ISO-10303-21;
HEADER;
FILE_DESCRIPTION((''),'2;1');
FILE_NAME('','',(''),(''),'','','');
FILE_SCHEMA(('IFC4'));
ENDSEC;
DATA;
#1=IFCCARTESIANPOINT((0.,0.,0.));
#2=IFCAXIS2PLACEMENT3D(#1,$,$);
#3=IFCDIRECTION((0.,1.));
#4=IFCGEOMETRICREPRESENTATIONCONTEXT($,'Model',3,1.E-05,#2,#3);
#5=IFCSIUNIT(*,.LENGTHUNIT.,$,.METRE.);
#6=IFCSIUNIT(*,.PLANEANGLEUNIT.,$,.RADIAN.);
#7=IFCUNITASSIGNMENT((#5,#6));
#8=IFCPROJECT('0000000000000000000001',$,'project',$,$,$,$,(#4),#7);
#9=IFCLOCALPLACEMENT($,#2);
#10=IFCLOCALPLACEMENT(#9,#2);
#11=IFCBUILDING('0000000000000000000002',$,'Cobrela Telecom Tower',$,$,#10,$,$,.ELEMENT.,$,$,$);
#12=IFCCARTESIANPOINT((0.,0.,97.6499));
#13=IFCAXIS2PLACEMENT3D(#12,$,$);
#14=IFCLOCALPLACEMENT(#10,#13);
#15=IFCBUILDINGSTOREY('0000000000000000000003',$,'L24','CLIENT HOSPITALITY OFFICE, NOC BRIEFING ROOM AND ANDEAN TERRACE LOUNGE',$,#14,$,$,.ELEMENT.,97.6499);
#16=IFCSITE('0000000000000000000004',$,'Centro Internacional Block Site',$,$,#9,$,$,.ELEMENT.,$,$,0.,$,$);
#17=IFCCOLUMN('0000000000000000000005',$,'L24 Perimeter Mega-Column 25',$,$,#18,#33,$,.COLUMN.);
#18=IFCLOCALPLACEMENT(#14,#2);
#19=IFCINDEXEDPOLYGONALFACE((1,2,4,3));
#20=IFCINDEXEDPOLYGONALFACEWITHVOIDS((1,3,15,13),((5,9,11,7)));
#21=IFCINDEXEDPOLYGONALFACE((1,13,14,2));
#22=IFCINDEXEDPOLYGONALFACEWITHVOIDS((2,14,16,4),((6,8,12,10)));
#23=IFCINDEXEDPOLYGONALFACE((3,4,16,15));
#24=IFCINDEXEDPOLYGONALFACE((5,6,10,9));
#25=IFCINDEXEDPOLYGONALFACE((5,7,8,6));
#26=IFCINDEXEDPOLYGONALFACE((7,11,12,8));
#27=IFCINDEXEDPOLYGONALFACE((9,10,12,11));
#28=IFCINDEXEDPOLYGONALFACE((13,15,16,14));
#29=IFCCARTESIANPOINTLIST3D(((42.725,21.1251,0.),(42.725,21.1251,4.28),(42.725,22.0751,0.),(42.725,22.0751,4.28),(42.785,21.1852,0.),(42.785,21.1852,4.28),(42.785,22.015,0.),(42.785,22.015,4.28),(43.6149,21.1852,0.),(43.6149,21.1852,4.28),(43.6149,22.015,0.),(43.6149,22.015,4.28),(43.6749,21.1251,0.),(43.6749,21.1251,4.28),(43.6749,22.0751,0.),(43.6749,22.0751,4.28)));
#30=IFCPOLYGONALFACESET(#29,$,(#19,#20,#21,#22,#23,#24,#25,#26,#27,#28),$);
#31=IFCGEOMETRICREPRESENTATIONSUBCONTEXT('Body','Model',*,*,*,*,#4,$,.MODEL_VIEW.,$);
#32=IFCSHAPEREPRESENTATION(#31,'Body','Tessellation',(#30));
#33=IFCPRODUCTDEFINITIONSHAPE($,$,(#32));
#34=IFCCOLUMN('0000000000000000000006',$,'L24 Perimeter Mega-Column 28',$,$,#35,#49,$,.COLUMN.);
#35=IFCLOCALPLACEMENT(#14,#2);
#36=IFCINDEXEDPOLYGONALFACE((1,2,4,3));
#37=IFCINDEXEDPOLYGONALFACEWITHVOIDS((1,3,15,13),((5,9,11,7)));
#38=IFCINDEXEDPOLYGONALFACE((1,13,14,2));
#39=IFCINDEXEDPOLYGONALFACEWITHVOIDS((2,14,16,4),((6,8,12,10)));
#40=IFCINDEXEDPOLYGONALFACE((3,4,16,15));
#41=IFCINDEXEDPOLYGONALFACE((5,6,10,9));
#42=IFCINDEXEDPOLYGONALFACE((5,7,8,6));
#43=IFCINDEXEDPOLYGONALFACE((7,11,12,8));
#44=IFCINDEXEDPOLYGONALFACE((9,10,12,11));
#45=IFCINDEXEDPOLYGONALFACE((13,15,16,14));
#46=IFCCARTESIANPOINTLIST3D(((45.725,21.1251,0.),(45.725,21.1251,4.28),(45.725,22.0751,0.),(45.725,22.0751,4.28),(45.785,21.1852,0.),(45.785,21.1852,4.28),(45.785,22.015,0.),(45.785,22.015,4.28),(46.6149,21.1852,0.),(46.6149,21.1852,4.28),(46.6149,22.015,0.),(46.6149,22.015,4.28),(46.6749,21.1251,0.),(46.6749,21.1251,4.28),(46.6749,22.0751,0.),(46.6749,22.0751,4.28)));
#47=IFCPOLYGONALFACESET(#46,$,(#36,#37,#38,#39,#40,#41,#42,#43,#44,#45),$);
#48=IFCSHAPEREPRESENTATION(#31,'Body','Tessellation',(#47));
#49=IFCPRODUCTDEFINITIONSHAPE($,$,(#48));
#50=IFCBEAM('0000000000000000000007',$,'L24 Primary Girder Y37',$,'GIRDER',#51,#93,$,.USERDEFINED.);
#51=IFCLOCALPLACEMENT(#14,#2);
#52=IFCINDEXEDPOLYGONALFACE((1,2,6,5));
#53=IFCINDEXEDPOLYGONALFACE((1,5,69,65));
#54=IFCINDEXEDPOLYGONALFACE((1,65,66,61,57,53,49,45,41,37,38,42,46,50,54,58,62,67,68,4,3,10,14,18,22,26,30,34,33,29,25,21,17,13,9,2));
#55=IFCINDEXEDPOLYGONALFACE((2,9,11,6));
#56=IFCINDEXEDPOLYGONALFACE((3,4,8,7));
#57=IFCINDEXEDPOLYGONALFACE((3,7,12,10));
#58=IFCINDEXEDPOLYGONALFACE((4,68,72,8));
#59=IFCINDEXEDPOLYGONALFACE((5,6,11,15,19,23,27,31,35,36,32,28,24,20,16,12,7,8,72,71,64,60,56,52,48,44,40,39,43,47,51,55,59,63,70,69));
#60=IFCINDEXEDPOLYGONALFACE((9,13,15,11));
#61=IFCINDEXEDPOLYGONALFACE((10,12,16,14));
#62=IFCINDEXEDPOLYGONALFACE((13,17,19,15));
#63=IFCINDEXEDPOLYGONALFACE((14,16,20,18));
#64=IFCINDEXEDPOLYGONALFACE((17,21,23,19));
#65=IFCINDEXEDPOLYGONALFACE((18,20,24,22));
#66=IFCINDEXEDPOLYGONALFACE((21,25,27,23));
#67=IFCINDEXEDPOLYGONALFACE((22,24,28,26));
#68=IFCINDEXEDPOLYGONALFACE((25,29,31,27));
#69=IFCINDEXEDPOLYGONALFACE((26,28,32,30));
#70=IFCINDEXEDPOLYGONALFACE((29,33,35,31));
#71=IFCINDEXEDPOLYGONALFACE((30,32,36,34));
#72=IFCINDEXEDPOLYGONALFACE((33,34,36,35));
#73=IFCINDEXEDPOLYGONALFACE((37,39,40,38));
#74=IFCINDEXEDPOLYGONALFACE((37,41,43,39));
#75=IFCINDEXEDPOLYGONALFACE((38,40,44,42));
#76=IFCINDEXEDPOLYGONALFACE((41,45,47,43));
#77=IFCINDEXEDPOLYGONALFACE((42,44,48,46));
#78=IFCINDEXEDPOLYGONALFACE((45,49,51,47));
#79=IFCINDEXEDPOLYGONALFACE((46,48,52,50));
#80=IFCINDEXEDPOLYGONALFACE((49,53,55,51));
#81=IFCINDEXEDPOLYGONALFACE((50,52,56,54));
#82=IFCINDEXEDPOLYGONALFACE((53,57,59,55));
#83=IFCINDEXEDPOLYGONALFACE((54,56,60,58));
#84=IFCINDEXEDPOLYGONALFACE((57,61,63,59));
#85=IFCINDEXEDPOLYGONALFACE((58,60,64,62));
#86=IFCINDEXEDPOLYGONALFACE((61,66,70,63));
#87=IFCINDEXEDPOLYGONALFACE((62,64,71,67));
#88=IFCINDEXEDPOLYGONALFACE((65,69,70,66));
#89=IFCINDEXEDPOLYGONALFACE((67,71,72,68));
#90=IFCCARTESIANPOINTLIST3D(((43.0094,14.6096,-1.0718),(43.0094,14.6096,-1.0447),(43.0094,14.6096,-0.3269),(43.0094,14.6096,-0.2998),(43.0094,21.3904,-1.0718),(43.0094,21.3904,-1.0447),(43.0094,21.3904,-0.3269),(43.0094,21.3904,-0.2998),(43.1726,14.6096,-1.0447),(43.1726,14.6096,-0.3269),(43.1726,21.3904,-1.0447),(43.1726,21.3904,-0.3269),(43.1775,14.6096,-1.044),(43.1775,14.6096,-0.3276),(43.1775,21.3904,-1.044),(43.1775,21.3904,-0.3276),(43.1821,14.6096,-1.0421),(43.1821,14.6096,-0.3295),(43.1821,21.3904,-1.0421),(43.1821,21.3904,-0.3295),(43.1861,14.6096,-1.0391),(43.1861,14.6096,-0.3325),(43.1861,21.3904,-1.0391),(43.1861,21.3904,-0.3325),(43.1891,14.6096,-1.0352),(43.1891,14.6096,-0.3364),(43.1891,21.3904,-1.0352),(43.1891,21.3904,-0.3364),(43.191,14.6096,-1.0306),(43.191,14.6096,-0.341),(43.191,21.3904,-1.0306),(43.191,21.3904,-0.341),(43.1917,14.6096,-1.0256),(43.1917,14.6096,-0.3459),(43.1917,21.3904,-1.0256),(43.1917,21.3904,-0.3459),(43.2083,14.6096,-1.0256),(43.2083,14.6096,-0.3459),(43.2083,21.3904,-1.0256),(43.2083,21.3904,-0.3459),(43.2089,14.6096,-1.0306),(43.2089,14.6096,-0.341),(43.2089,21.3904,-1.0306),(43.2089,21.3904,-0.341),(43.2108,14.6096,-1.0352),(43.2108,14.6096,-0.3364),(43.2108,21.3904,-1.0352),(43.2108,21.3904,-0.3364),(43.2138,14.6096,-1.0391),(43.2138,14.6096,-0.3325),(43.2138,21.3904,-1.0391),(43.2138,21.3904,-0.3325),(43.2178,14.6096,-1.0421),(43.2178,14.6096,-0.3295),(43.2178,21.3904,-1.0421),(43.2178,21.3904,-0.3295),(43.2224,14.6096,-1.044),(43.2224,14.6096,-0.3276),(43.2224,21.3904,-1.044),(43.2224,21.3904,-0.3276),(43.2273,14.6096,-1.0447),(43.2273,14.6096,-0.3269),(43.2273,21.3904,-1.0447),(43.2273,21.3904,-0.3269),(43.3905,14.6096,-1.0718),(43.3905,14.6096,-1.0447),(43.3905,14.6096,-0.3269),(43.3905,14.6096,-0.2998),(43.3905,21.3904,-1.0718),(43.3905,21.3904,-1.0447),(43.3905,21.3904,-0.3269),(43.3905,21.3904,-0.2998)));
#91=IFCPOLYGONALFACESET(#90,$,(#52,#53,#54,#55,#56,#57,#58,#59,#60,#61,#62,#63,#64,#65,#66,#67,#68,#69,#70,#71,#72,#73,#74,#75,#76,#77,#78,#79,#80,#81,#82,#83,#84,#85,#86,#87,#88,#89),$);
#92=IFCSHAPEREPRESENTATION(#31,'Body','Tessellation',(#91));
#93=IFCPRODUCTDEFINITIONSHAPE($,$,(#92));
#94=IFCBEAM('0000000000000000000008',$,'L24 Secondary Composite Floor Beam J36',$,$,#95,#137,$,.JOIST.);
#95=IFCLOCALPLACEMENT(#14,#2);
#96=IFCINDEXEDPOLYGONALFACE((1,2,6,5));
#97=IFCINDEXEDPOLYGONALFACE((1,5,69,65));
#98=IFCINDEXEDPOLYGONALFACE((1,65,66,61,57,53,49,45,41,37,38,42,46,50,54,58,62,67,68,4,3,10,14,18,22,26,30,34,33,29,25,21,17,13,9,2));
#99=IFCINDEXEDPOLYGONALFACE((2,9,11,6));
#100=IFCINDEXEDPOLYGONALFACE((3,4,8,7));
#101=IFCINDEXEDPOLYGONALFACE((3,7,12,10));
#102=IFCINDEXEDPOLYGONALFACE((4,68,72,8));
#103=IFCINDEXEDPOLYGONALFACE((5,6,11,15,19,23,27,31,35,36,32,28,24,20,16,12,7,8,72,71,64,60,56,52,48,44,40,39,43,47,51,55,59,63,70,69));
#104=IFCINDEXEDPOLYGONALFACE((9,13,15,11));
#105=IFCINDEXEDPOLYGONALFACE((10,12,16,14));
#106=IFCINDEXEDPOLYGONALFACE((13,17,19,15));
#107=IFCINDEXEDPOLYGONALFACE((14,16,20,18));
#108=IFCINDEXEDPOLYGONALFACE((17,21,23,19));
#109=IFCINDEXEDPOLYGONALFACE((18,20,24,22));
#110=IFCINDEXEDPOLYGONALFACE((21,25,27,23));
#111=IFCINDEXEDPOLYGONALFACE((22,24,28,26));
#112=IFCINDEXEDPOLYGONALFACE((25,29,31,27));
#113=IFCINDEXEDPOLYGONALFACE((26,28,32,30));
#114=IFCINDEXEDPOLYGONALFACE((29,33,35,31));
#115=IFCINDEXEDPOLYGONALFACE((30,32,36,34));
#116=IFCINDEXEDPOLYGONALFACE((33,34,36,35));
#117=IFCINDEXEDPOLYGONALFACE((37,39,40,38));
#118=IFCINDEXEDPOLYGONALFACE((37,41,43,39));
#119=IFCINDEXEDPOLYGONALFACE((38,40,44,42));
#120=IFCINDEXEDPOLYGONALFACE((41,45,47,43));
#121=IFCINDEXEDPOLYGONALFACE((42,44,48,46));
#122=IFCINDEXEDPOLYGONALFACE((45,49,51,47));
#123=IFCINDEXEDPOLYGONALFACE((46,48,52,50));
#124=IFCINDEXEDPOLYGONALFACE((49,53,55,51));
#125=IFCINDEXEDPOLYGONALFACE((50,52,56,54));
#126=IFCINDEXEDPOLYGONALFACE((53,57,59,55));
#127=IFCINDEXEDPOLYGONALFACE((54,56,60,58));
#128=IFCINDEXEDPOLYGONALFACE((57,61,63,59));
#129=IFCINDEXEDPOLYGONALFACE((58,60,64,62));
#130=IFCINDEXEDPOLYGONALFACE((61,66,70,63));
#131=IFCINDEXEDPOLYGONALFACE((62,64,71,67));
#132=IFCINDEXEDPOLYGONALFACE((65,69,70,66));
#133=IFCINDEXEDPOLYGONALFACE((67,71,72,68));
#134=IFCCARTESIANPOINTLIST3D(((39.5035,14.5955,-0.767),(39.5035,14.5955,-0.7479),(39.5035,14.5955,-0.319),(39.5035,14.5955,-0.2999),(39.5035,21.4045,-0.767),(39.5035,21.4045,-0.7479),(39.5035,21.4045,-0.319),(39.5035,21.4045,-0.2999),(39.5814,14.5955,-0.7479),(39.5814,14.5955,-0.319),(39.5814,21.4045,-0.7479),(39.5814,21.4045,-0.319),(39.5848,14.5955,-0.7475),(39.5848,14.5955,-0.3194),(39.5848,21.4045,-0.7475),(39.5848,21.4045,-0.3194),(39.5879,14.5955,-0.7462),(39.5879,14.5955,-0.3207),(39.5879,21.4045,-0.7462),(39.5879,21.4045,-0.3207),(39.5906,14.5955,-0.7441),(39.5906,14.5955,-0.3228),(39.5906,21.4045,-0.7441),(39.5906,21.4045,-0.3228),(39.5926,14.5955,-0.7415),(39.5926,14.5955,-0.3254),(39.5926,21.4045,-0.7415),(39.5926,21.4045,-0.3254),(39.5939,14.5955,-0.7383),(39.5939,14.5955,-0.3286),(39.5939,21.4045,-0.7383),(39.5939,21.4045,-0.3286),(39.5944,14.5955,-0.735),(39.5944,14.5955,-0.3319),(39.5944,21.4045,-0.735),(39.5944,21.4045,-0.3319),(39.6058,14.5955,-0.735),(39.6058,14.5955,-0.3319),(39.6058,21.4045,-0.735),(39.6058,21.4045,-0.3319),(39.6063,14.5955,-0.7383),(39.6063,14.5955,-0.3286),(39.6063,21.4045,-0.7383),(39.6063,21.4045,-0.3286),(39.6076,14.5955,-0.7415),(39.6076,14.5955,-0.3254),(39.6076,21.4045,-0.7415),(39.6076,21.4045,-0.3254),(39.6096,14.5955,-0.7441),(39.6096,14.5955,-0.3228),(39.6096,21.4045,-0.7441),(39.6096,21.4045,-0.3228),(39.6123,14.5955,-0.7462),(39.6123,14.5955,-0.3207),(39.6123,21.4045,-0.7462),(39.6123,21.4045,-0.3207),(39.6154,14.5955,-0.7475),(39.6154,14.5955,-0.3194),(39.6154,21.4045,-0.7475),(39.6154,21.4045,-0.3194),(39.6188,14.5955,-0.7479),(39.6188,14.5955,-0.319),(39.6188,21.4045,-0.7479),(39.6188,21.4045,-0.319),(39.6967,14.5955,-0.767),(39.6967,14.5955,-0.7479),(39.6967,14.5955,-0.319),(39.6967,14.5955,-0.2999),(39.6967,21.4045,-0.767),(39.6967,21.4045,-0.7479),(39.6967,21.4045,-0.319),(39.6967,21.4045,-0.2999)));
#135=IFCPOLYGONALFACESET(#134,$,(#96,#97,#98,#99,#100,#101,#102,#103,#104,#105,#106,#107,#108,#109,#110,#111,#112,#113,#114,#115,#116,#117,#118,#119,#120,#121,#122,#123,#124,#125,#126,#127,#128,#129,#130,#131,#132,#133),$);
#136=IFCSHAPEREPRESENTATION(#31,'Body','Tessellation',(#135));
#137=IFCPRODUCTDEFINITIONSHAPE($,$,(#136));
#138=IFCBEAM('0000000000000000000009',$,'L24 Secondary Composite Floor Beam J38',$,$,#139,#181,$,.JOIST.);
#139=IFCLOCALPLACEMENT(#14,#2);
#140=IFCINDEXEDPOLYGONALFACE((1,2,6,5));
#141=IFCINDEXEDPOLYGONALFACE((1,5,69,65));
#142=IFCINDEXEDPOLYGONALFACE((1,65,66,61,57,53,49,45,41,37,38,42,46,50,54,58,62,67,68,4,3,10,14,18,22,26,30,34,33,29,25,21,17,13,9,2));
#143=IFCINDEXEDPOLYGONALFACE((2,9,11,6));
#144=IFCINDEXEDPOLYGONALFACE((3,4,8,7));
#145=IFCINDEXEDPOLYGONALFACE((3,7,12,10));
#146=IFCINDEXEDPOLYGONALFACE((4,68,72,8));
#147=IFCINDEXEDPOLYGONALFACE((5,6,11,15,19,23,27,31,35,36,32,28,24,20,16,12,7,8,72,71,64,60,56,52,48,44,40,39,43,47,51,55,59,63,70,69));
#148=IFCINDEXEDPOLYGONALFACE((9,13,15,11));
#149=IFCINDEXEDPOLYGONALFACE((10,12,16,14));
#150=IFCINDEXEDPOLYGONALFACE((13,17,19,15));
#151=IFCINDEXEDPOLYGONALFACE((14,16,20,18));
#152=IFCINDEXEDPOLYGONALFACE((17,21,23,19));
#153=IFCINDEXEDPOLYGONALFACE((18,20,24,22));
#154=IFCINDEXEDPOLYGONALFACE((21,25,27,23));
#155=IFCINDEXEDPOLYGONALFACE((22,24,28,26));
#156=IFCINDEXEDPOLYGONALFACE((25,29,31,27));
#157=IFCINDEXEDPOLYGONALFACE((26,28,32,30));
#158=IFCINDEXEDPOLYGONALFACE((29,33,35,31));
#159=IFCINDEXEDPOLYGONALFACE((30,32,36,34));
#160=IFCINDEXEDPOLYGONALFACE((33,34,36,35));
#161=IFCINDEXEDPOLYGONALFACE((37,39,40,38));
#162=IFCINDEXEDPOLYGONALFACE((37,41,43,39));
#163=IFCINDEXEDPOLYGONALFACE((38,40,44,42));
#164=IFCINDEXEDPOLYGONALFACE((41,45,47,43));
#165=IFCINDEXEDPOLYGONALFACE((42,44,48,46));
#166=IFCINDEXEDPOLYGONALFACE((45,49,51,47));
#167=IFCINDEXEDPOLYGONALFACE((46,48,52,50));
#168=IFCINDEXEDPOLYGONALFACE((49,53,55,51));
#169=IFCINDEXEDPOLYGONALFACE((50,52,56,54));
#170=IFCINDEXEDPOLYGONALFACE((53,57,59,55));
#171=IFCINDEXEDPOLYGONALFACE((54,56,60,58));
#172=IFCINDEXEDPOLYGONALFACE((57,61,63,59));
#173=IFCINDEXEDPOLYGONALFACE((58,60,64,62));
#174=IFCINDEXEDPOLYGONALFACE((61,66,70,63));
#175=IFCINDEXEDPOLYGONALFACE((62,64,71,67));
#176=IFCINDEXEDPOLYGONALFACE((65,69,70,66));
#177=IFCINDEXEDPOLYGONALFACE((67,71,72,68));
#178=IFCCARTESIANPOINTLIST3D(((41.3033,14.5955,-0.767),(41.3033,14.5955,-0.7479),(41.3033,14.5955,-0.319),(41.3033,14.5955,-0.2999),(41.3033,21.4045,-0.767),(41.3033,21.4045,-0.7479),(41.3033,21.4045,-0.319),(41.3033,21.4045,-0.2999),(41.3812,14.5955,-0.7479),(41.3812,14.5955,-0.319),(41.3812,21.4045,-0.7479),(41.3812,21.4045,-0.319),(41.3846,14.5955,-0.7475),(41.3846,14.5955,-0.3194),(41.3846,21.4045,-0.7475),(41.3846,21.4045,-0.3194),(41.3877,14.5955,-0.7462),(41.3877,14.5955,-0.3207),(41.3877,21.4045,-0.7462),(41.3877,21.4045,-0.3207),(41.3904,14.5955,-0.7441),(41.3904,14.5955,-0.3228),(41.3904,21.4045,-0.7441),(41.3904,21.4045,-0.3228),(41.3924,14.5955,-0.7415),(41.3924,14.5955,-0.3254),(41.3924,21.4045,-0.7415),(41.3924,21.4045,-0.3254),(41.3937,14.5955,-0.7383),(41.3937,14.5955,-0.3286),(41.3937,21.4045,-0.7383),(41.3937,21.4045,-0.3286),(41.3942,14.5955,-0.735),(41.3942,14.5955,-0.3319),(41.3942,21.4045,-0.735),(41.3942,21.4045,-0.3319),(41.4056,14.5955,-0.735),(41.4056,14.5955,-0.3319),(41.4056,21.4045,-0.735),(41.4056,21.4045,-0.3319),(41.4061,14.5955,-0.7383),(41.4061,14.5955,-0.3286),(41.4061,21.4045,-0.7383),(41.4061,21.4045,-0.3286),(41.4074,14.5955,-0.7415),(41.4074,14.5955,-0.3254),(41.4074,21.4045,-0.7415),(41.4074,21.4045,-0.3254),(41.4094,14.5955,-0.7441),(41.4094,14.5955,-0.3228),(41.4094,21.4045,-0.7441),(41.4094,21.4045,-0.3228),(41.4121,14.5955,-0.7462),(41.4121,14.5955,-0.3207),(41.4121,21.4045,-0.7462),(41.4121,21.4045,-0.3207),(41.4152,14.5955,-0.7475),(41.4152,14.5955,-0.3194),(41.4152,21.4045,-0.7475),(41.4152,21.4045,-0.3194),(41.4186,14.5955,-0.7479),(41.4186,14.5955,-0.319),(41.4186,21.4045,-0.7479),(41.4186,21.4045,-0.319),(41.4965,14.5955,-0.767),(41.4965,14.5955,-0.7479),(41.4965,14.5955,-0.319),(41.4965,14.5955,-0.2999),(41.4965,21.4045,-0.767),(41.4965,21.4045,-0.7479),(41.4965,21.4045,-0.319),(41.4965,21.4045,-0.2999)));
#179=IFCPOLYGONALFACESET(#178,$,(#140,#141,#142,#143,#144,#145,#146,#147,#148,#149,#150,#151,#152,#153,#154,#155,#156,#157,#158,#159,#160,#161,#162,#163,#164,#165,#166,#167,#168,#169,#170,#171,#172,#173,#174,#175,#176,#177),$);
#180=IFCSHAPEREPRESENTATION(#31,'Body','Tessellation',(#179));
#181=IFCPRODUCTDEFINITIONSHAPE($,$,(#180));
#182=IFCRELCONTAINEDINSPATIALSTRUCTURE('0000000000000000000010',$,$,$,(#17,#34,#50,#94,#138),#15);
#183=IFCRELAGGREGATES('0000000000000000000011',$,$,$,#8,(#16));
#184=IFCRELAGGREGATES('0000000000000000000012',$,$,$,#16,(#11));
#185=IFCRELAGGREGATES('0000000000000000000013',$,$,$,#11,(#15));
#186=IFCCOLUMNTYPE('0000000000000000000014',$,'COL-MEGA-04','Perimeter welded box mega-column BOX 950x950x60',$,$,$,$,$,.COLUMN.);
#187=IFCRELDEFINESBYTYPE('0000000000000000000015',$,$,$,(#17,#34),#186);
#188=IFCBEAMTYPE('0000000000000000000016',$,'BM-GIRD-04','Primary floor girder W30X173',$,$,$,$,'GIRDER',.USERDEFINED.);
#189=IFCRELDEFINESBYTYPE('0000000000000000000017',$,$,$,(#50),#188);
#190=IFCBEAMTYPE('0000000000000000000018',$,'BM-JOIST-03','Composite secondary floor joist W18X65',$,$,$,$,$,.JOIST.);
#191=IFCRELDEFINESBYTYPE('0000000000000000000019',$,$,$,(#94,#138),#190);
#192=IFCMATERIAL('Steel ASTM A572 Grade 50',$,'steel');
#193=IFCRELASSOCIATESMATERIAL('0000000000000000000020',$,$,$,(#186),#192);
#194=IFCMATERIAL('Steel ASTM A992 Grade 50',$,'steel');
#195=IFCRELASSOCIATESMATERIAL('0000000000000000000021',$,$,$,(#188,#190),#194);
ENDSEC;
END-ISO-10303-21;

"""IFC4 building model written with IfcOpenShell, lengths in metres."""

from ifc_helpers import new_model, si_unit, direction, frame, origin, origin_2d, place, context, subcontext, project, spatial, hollow_rectangle, i_section, extrude, material, material_profile, profile_set, type_object, element, save


model = new_model("IFC4")

# Units and contexts
model_context = context("Model", 3, precision=1e-05, world=origin(), true_north=direction((0.0, 1.0)))
body_context = subcontext(model_context, "Body", "Model", "MODEL_VIEW")
ifc_project = project(units=[si_unit("LENGTHUNIT", "METRE"), si_unit("PLANEANGLEUNIT", "RADIAN")], contexts=[model_context])

# Site, building, storey
site_placement = place(None, origin())
site = spatial("IfcSite", under=ifc_project, at=site_placement, Name="Centro Internacional Block Site", CompositionType="ELEMENT", RefElevation=0.0)
building_placement = place(site_placement, origin())
building = spatial("IfcBuilding", under=site, at=building_placement, Name="Cobrela Telecom Tower", CompositionType="ELEMENT")
storey_placement = place(building_placement, frame((0.0, 0.0, 97.6499)))
storey = spatial("IfcBuildingStorey", under=building, at=storey_placement, Name="L24", Description="CLIENT HOSPITALITY OFFICE, NOC BRIEFING ROOM AND ANDEAN TERRACE LOUNGE", CompositionType="ELEMENT", Elevation=97.6499)

# Columns
ifc_material_1 = material(Name="Steel ASTM A572 Grade 50", Category="steel")
ifc_material_profile_1 = material_profile(ifc_material_1, hollow_rectangle(XDim=0.95, YDim=0.95, WallThickness=0.0601, at=origin_2d()), Name="BOX 950x950x60")
ifc_profile_set_1 = profile_set([ifc_material_profile_1], Name="Steel ASTM A572 Grade 50")
column_type = type_object("IfcColumnType", Name="COL-MEGA-04", Description="Perimeter welded box mega-column BOX 950x950x60", PredefinedType="COLUMN", material=ifc_profile_set_1)
for number, where, z_axis, x_axis, name in (
    (1, (43.2, 21.6001, 0.0), (0.0, 0.0, 1.0), (1.0, 0.0, 0.0), "L24 Perimeter Mega-Column 25"),
    (2, (46.2, 21.6001, 0.0), (0.0, 0.0, 1.0), (1.0, 0.0, 0.0), "L24 Perimeter Mega-Column 28"),
):
    element("IfcColumn", number, at=place(storey_placement, frame(where, z_axis=z_axis, x_axis=x_axis)), inside=storey, type_object=column_type, Name=name, PredefinedType="COLUMN", context=body_context, shape_type="SweptSolid", body=[
        extrude(hollow_rectangle(XDim=0.95, YDim=0.95, WallThickness=0.0601, at=origin_2d()), origin(), (0.0, 0.0, 1.0), 4.28),
    ])

# Beams
ifc_material_2 = material(Name="Steel ASTM A992 Grade 50", Category="steel")
ifc_material_profile_2 = material_profile(ifc_material_2, i_section(OverallWidth=0.3811, OverallDepth=0.772, WebThickness=0.0166, FlangeThickness=0.0271, FilletRadius=0.019, at=origin_2d()), Name="W30X173")
ifc_profile_set_2 = profile_set([ifc_material_profile_2], Name="Steel ASTM A992 Grade 50")
beam_type_1 = type_object("IfcBeamType", Name="BM-GIRD-04", Description="Primary floor girder W30X173", ElementType="GIRDER", PredefinedType="USERDEFINED", material=ifc_profile_set_2)
beam_1_placement = place(storey_placement, frame((43.2, 14.6096, -0.6858), z_axis=(0.0, 1.0, 0.0), x_axis=(-1.0, 0.0, 0.0)))
element("IfcBeam", 3, at=beam_1_placement, inside=storey, type_object=beam_type_1, Name="L24 Primary Girder Y37", ObjectType="GIRDER", PredefinedType="USERDEFINED", context=body_context, shape_type="SweptSolid", body=[
    extrude(i_section(OverallWidth=0.3811, OverallDepth=0.772, WebThickness=0.0166, FlangeThickness=0.0271, FilletRadius=0.019, at=origin_2d()), origin(), (0.0, 0.0, 1.0), 6.7808),
])
ifc_material_profile_3 = material_profile(ifc_material_2, i_section(OverallWidth=0.1931, OverallDepth=0.467, WebThickness=0.0115, FlangeThickness=0.019, FilletRadius=0.0129, at=origin_2d()), Name="W18X65")
ifc_profile_set_3 = profile_set([ifc_material_profile_3], Name="Steel ASTM A992 Grade 50")
beam_type_2 = type_object("IfcBeamType", Name="BM-JOIST-03", Description="Composite secondary floor joist W18X65", PredefinedType="JOIST", material=ifc_profile_set_3)
for number, where, z_axis, x_axis, name in (
    (4, (39.6001, 14.5955, -0.5334), (0.0, 1.0, 0.0), (-1.0, 0.0, 0.0), "L24 Secondary Composite Floor Beam J36"),
    (5, (41.3999, 14.5955, -0.5334), (0.0, 1.0, 0.0), (-1.0, 0.0, 0.0), "L24 Secondary Composite Floor Beam J38"),
):
    element("IfcBeam", number, at=place(storey_placement, frame(where, z_axis=z_axis, x_axis=x_axis)), inside=storey, type_object=beam_type_2, Name=name, PredefinedType="JOIST", context=body_context, shape_type="SweptSolid", body=[
        extrude(i_section(OverallWidth=0.1931, OverallDepth=0.467, WebThickness=0.0115, FlangeThickness=0.019, FilletRadius=0.0129, at=origin_2d()), origin(), (0.0, 0.0, 1.0), 6.8091),
    ])

save(model, "model.ifc")
